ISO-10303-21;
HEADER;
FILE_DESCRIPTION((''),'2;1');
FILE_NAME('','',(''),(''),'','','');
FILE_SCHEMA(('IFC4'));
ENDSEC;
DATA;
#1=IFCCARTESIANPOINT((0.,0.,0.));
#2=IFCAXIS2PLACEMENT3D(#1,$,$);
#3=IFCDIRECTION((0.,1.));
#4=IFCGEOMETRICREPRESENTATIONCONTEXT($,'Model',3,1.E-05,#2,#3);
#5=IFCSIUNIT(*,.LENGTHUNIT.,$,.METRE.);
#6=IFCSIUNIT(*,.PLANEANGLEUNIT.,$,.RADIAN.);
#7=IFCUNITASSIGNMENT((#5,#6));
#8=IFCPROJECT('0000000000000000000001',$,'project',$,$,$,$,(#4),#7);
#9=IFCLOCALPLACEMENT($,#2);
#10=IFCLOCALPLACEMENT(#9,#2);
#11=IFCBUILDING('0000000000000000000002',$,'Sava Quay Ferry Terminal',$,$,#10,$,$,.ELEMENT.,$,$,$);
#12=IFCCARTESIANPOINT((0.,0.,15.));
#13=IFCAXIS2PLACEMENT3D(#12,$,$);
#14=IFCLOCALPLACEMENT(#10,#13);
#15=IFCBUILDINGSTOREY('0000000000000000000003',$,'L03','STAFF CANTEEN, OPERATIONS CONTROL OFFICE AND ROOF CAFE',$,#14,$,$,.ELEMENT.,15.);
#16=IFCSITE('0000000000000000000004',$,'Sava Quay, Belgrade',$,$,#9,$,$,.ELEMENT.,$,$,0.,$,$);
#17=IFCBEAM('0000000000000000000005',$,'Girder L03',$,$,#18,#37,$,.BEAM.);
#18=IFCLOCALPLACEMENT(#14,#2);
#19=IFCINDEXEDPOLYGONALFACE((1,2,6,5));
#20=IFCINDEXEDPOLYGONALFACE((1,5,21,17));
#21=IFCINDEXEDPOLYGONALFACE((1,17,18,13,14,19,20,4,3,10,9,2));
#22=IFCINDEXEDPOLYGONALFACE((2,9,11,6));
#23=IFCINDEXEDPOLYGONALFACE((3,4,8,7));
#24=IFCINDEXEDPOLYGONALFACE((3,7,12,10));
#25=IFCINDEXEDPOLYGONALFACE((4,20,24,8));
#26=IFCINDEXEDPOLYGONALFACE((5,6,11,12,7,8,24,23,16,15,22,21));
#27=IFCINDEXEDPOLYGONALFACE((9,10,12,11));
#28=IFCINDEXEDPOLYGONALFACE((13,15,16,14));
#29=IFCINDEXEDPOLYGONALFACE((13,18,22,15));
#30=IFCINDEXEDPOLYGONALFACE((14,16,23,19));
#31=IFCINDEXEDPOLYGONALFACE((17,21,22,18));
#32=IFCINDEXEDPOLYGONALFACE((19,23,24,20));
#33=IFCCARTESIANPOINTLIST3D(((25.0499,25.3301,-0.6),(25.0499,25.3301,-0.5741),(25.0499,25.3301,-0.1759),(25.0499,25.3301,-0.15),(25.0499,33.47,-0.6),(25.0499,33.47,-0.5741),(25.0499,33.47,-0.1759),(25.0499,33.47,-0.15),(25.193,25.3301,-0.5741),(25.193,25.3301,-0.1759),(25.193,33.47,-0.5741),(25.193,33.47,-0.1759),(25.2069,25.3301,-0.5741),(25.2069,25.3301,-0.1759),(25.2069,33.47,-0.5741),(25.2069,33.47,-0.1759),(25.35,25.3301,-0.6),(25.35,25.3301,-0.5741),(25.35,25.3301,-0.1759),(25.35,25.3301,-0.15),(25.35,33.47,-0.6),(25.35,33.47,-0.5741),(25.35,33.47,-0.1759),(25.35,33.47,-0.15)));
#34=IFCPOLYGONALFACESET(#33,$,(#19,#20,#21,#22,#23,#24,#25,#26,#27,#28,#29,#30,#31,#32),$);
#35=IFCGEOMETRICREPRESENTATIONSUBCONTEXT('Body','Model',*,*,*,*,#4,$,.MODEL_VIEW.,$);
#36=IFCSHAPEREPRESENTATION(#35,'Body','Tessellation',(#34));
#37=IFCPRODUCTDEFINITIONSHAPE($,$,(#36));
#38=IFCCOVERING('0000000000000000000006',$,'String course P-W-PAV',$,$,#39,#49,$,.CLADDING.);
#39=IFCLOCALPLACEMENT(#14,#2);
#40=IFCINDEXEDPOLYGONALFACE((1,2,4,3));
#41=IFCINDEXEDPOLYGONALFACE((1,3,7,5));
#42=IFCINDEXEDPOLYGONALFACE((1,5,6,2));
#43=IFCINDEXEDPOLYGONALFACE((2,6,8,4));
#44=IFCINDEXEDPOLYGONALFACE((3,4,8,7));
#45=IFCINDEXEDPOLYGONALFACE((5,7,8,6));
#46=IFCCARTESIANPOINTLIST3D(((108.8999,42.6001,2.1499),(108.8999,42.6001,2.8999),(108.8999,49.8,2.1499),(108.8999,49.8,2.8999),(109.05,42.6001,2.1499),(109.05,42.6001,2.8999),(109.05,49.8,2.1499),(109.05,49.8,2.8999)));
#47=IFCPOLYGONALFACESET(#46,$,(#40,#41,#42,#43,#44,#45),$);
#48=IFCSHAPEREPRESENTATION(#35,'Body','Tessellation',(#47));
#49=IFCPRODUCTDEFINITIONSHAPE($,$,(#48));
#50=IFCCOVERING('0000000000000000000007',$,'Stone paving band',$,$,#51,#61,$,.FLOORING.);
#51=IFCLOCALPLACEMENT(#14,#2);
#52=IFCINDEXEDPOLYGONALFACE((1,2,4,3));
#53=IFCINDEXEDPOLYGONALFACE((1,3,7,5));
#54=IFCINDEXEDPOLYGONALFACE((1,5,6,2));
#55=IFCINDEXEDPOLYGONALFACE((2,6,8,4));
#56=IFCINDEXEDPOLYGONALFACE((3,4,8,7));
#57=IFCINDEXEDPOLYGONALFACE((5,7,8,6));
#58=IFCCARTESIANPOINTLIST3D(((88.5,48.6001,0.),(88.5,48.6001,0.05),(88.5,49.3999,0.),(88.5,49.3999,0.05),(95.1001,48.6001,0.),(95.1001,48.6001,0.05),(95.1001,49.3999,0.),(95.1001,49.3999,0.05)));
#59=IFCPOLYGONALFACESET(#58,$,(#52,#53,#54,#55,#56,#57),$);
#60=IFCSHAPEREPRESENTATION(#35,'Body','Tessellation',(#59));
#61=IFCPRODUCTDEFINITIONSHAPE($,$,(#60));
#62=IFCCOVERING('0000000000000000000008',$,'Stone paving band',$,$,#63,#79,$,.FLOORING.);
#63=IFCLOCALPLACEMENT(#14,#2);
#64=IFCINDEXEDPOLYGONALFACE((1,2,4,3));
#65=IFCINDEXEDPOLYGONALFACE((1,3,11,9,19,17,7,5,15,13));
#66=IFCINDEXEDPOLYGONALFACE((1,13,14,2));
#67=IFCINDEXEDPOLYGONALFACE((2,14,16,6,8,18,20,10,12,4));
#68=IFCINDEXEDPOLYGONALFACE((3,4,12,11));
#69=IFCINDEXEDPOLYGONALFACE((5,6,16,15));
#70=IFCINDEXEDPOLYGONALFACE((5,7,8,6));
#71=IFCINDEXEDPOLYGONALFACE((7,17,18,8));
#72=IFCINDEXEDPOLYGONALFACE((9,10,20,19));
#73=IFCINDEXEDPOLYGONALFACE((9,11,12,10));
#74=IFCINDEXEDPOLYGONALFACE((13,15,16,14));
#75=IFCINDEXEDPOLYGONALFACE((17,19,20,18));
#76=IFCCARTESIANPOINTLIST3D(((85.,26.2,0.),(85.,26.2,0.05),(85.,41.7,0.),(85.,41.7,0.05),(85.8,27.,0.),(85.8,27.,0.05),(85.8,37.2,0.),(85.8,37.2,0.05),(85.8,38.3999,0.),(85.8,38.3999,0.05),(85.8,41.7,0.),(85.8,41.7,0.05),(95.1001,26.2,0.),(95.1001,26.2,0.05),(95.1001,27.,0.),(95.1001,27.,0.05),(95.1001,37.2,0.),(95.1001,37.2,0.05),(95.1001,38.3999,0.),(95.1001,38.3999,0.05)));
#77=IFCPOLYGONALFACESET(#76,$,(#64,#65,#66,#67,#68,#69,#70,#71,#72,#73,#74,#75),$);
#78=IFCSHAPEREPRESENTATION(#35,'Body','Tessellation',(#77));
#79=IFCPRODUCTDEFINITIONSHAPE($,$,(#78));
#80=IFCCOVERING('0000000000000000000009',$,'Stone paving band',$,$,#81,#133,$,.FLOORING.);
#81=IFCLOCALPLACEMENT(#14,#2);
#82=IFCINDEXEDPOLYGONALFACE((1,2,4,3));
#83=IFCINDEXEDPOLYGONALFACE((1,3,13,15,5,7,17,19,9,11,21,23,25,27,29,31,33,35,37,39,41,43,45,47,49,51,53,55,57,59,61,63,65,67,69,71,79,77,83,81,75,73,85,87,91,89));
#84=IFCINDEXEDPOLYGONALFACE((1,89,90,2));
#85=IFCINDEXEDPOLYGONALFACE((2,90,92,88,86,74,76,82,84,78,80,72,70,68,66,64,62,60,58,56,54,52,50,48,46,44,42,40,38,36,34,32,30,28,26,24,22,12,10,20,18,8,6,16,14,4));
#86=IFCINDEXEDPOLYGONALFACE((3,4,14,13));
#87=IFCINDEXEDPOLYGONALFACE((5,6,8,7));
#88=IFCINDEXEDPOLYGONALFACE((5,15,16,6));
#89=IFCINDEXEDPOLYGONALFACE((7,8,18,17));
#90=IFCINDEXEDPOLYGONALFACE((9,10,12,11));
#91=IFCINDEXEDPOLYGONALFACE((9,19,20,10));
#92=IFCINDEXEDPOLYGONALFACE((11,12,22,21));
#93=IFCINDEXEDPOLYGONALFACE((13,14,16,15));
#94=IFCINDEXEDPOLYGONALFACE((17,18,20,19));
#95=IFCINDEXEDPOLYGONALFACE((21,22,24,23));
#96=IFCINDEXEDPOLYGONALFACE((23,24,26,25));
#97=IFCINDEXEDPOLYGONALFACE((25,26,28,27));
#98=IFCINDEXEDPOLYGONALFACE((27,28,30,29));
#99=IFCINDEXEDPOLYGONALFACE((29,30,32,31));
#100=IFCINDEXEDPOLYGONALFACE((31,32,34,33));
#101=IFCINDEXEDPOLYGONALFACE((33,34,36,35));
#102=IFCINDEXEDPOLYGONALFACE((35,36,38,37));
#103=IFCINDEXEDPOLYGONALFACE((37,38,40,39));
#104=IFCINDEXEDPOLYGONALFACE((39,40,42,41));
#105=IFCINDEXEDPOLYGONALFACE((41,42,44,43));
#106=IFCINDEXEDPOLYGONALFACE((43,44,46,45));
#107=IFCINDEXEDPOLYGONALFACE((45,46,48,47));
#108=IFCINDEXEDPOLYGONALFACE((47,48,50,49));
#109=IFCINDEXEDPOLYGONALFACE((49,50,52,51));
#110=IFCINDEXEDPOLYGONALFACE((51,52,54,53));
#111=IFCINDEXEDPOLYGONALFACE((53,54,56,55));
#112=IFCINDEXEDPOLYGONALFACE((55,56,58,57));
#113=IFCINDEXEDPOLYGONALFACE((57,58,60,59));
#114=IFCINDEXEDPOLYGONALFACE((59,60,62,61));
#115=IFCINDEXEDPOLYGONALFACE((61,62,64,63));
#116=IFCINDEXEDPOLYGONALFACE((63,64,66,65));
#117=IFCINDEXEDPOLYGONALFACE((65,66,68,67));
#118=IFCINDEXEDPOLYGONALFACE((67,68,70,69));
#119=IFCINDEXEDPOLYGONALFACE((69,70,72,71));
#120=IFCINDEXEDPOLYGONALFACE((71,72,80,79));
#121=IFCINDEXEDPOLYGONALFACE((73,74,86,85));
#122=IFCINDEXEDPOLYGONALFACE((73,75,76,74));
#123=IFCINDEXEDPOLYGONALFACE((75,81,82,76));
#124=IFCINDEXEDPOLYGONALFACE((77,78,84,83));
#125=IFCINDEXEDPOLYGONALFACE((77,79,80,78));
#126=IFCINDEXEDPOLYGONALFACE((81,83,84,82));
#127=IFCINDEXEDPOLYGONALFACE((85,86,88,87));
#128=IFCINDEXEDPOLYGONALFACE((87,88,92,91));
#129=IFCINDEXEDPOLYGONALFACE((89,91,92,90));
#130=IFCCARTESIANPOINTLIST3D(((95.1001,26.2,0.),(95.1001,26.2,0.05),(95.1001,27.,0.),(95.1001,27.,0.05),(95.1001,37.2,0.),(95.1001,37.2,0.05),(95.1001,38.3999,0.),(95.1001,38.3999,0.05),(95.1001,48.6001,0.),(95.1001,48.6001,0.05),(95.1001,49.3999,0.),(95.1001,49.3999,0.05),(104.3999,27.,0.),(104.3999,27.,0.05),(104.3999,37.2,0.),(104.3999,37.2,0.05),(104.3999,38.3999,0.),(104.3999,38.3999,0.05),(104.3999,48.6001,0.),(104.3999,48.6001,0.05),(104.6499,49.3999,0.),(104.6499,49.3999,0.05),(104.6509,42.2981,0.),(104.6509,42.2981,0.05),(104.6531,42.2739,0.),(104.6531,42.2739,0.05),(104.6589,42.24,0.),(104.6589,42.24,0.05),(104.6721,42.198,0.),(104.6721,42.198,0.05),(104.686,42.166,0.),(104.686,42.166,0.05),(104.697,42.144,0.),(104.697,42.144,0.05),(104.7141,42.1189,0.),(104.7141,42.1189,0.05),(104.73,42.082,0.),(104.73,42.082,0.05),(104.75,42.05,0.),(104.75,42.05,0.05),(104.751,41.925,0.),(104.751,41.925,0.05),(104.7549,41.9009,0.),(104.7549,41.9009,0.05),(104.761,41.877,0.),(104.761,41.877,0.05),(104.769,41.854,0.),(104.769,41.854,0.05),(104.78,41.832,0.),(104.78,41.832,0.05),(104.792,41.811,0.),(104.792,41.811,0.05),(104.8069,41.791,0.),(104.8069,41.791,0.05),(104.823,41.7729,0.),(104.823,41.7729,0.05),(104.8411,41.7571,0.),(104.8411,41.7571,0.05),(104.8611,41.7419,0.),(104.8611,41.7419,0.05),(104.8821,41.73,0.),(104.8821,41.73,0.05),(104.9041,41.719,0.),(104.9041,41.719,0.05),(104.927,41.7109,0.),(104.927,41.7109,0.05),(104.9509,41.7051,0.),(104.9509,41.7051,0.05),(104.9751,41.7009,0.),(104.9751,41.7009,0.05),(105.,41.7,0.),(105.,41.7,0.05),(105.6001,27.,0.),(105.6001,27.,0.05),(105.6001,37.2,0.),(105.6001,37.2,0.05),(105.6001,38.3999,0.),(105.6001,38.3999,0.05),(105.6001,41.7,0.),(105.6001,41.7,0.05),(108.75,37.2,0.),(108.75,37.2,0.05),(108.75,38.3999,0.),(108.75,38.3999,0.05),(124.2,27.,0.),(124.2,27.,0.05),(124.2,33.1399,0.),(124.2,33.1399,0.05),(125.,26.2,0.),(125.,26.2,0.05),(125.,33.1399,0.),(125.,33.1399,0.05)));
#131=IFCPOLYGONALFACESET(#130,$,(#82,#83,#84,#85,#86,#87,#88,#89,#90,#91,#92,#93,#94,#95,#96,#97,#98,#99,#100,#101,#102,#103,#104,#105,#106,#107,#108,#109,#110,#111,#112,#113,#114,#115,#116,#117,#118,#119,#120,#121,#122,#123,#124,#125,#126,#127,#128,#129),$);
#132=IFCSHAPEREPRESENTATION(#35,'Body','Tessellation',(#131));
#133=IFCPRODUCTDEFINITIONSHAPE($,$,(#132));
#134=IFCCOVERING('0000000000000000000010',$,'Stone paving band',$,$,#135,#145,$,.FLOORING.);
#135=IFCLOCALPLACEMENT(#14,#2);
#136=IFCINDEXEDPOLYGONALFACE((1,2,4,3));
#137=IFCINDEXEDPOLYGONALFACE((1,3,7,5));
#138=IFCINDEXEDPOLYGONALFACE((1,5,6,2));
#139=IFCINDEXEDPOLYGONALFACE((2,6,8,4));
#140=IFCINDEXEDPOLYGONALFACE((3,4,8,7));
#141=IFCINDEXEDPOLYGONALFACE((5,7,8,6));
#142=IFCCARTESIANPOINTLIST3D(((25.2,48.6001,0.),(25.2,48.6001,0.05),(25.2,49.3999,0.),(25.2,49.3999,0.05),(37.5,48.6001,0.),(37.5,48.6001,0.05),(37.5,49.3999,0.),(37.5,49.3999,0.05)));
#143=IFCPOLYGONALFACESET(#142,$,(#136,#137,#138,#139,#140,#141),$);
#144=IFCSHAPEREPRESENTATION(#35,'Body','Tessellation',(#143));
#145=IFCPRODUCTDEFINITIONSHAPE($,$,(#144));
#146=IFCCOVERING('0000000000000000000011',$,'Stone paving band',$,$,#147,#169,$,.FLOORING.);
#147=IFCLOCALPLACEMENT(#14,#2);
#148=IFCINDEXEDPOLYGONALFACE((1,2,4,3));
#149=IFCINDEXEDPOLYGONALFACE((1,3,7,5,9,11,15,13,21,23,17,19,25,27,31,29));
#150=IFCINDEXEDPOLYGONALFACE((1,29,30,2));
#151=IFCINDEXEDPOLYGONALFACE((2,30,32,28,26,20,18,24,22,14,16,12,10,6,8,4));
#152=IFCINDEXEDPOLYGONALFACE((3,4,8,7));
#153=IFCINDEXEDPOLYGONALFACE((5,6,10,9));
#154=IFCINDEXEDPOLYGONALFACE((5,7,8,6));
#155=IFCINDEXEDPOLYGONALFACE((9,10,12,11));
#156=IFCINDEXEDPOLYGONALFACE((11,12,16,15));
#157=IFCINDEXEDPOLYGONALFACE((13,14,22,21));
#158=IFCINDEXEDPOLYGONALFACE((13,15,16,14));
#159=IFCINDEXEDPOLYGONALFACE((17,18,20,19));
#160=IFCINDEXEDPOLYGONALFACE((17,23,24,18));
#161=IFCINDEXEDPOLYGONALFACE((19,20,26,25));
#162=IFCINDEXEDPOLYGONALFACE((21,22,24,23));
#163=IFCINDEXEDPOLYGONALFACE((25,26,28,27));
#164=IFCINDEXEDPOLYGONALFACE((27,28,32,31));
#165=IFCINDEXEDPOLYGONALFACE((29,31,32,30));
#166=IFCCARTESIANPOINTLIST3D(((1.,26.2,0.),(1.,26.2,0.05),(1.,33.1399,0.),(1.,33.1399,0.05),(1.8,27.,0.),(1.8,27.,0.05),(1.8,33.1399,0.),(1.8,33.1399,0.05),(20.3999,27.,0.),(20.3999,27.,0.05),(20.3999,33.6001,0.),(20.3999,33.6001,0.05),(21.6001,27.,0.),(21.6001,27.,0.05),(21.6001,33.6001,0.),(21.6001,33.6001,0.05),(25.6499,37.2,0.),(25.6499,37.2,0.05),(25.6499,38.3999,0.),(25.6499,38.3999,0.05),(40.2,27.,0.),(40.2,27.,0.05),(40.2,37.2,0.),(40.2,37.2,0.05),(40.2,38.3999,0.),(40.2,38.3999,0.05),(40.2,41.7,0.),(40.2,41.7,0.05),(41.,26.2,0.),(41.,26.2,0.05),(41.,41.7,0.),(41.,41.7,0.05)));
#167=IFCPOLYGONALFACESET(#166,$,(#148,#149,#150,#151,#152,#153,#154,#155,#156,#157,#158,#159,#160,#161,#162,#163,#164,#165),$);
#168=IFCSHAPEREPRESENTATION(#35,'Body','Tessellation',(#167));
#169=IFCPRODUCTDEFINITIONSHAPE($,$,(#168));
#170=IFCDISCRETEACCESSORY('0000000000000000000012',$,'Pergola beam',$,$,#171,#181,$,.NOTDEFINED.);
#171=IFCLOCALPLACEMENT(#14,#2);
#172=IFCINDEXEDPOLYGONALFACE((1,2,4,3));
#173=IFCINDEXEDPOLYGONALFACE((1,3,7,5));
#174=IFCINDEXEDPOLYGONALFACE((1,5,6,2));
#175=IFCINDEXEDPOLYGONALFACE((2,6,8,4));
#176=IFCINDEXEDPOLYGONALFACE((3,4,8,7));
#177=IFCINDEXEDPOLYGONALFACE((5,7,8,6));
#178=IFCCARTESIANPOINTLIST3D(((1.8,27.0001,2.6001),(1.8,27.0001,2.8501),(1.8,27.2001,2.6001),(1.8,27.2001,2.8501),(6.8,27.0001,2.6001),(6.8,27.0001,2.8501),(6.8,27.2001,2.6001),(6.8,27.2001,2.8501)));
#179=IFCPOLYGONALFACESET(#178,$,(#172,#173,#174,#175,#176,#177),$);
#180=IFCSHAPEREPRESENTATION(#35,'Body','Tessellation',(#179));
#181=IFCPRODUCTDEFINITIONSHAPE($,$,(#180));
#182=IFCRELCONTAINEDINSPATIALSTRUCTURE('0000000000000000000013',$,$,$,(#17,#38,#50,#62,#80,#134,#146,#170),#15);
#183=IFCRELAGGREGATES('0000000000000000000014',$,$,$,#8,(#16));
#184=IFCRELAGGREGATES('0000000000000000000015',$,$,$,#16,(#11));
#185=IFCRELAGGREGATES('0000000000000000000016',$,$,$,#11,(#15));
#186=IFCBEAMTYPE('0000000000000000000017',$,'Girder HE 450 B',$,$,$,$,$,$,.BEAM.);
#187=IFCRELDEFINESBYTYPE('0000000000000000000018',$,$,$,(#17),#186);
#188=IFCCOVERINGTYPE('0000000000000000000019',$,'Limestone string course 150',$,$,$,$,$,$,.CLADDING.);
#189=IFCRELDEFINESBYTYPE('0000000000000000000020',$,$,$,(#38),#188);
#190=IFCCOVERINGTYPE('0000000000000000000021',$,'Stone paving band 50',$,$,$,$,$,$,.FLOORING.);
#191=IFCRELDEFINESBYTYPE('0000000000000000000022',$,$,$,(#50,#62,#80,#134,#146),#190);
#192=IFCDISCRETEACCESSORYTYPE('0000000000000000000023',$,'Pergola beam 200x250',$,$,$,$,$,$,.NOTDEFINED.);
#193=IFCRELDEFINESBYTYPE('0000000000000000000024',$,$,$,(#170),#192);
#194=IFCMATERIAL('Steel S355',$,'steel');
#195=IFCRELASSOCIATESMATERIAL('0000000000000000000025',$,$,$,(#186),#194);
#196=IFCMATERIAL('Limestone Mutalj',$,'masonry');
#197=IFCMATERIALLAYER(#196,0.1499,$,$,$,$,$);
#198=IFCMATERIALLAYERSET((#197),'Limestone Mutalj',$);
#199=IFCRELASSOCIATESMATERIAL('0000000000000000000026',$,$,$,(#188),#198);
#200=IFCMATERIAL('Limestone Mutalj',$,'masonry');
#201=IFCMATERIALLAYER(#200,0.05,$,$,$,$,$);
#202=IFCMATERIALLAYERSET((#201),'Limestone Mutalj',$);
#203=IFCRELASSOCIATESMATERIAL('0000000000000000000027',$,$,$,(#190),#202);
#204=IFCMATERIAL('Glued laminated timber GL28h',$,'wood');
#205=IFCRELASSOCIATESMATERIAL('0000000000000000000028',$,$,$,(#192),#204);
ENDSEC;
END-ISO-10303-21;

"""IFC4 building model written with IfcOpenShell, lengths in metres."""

from ifc_helpers import new_model, si_unit, direction, frame, origin, origin_2d, place, context, subcontext, project, spatial, polyline, rectangle, i_section, outline, extrude, material, layer, layer_set, material_profile, profile_set, type_object, element, save


model = new_model("IFC4")

# Units and contexts
model_context = context("Model", 3, precision=1e-05, world=origin(), true_north=direction((0.0, 1.0)))
body_context = subcontext(model_context, "Body", "Model", "MODEL_VIEW")
ifc_project = project(units=[si_unit("LENGTHUNIT", "METRE"), si_unit("PLANEANGLEUNIT", "RADIAN")], contexts=[model_context])

# Site, building, storey
site_placement = place(None, origin())
site = spatial("IfcSite", under=ifc_project, at=site_placement, Name="Sava Quay, Belgrade", CompositionType="ELEMENT", RefElevation=0.0)
building_placement = place(site_placement, origin())
building = spatial("IfcBuilding", under=site, at=building_placement, Name="Sava Quay Ferry Terminal", CompositionType="ELEMENT")
storey_placement = place(building_placement, frame((0.0, 0.0, 15.0)))
storey = spatial("IfcBuildingStorey", under=building, at=storey_placement, Name="L03", Description="STAFF CANTEEN, OPERATIONS CONTROL OFFICE AND ROOF CAFE", CompositionType="ELEMENT", Elevation=15.0)

# Beam
ifc_material_1 = material(Name="Steel S355", Category="steel")
ifc_material_profile_1 = material_profile(ifc_material_1, i_section(OverallWidth=0.3, OverallDepth=0.45, WebThickness=0.0139, FlangeThickness=0.0259, at=origin_2d()), Name="HE 450 B")
ifc_profile_set_1 = profile_set([ifc_material_profile_1], Name="Steel S355")
beam_type_1 = type_object("IfcBeamType", Name="Girder HE 450 B", PredefinedType="BEAM", material=ifc_profile_set_1)
for number, where, z_axis, x_axis, name in (
    (1, (25.2, 25.3301, -0.375), (0.0, 1.0, 0.0), (-1.0, 0.0, 0.0), "Girder L03"),
):
    element("IfcBeam", number, at=place(storey_placement, frame(where, z_axis=z_axis, x_axis=x_axis)), inside=storey, type_object=beam_type_1, Name=name, PredefinedType="BEAM", context=body_context, shape_type="SweptSolid", body=[
        extrude(i_section(OverallWidth=0.3, OverallDepth=0.45, WebThickness=0.0139, FlangeThickness=0.0259, at=origin_2d()), origin(), (0.0, 0.0, 1.0), 8.1399),
    ])

# Coverings
ifc_material_2 = material(Name="Limestone Mutalj", Category="masonry")
ifc_layer_1 = layer(ifc_material_2, 0.1499)
ifc_layer_set_1 = layer_set([ifc_layer_1], Name="Limestone Mutalj")
covering_type_1 = type_object("IfcCoveringType", Name="Limestone string course 150", PredefinedType="CLADDING", material=ifc_layer_set_1)
covering_1_placement = place(storey_placement, frame((0.0, 0.0, 2.1499)))
element("IfcCovering", 2, at=covering_1_placement, inside=storey, type_object=covering_type_1, Name="String course P-W-PAV", PredefinedType="CLADDING", context=body_context, shape_type="SweptSolid", body=[
    extrude(outline(polyline([(109.05, 42.6001), (109.05, 49.8), (108.8999, 49.8), (108.8999, 42.6001), (109.05, 42.6001)])), origin(), (0.0, 0.0, 1.0), 0.75),
])
ifc_material_3 = material(Name="Limestone Mutalj", Category="masonry")
ifc_layer_2 = layer(ifc_material_3, 0.05)
ifc_layer_set_2 = layer_set([ifc_layer_2], Name="Limestone Mutalj")
covering_type_2 = type_object("IfcCoveringType", Name="Stone paving band 50", PredefinedType="FLOORING", material=ifc_layer_set_2)
covering_2_placement = place(storey_placement, origin())
element("IfcCovering", 3, at=covering_2_placement, inside=storey, type_object=covering_type_2, Name="Stone paving band", PredefinedType="FLOORING", context=body_context, shape_type="SweptSolid", body=[
    extrude(outline(polyline([(88.5, 48.6001), (95.1001, 48.6001), (95.1001, 49.3999), (88.5, 49.3999), (88.5, 48.6001)])), origin(), (0.0, 0.0, 1.0), 0.05),
])
covering_3_placement = place(storey_placement, origin())
element("IfcCovering", 4, at=covering_3_placement, inside=storey, type_object=covering_type_2, Name="Stone paving band", PredefinedType="FLOORING", context=body_context, shape_type="SweptSolid", body=[
    extrude(outline(polyline([(85.0, 26.2), (95.1001, 26.2), (95.1001, 27.0), (85.8, 27.0), (85.8, 37.2), (95.1001, 37.2), (95.1001, 38.3999), (85.8, 38.3999), (85.8, 41.7), (85.0, 41.7), (85.0, 26.2)])), origin(), (0.0, 0.0, 1.0), 0.05),
])
covering_4_placement = place(storey_placement, origin())
element("IfcCovering", 5, at=covering_4_placement, inside=storey, type_object=covering_type_2, Name="Stone paving band", PredefinedType="FLOORING", context=body_context, shape_type="SweptSolid", body=[
    extrude(outline(polyline([(95.1001, 48.6001), (104.3999, 48.6001), (104.3999, 38.3999), (95.1001, 38.3999), (95.1001, 37.2), (104.3999, 37.2), (104.3999, 27.0), (95.1001, 27.0), (95.1001, 26.2), (125.0, 26.2), (125.0, 33.1399), (124.2, 33.1399), (124.2, 27.0), (105.6001, 27.0), (105.6001, 37.2), (108.75, 37.2), (108.75, 38.3999), (105.6001, 38.3999), (105.6001, 41.7), (105.0, 41.7), (104.9751, 41.7009), (104.9509, 41.7051), (104.927, 41.7109), (104.9041, 41.719), (104.8821, 41.73), (104.8611, 41.7419), (104.8411, 41.7571), (104.823, 41.7729), (104.8069, 41.791), (104.792, 41.811), (104.78, 41.832), (104.769, 41.854), (104.761, 41.877), (104.7549, 41.9009), (104.751, 41.925), (104.75, 42.05), (104.73, 42.082), (104.7141, 42.1189), (104.697, 42.144), (104.686, 42.166), (104.6721, 42.198), (104.6589, 42.24), (104.6531, 42.2739), (104.6509, 42.2981), (104.6499, 49.3999), (95.1001, 49.3999), (95.1001, 48.6001)])), origin(), (0.0, 0.0, 1.0), 0.05),
])
covering_5_placement = place(storey_placement, origin())
element("IfcCovering", 6, at=covering_5_placement, inside=storey, type_object=covering_type_2, Name="Stone paving band", PredefinedType="FLOORING", context=body_context, shape_type="SweptSolid", body=[
    extrude(outline(polyline([(37.5, 49.3999), (25.2, 49.3999), (25.2, 48.6001), (37.5, 48.6001), (37.5, 49.3999)])), origin(), (0.0, 0.0, 1.0), 0.05),
])
covering_6_placement = place(storey_placement, origin())
element("IfcCovering", 7, at=covering_6_placement, inside=storey, type_object=covering_type_2, Name="Stone paving band", PredefinedType="FLOORING", context=body_context, shape_type="SweptSolid", body=[
    extrude(outline(polyline([(41.0, 26.2), (41.0, 41.7), (40.2, 41.7), (40.2, 38.3999), (25.6499, 38.3999), (25.6499, 37.2), (40.2, 37.2), (40.2, 27.0), (21.6001, 27.0), (21.6001, 33.6001), (20.3999, 33.6001), (20.3999, 27.0), (1.8, 27.0), (1.8, 33.1399), (1.0, 33.1399), (1.0, 26.2), (41.0, 26.2)])), origin(), (0.0, 0.0, 1.0), 0.05),
])

# Discrete accessory
ifc_material_4 = material(Name="Glued laminated timber GL28h", Category="wood")
discrete_accessory_type_1 = type_object("IfcDiscreteAccessoryType", Name="Pergola beam 200x250", PredefinedType="NOTDEFINED", material=ifc_material_4)
discrete_accessory_placement = place(storey_placement, frame((4.3, 27.1001, 2.6001), z_axis=(0.0, 0.0, 1.0), x_axis=(1.0, 0.0, 0.0)))
element("IfcDiscreteAccessory", 8, at=discrete_accessory_placement, inside=storey, type_object=discrete_accessory_type_1, Name="Pergola beam", PredefinedType="NOTDEFINED", context=body_context, shape_type="SweptSolid", body=[
    extrude(rectangle(XDim=5.0, YDim=0.2, at=origin_2d()), origin(), (0.0, 0.0, 1.0), 0.25),
])

save(model, "model.ifc")
